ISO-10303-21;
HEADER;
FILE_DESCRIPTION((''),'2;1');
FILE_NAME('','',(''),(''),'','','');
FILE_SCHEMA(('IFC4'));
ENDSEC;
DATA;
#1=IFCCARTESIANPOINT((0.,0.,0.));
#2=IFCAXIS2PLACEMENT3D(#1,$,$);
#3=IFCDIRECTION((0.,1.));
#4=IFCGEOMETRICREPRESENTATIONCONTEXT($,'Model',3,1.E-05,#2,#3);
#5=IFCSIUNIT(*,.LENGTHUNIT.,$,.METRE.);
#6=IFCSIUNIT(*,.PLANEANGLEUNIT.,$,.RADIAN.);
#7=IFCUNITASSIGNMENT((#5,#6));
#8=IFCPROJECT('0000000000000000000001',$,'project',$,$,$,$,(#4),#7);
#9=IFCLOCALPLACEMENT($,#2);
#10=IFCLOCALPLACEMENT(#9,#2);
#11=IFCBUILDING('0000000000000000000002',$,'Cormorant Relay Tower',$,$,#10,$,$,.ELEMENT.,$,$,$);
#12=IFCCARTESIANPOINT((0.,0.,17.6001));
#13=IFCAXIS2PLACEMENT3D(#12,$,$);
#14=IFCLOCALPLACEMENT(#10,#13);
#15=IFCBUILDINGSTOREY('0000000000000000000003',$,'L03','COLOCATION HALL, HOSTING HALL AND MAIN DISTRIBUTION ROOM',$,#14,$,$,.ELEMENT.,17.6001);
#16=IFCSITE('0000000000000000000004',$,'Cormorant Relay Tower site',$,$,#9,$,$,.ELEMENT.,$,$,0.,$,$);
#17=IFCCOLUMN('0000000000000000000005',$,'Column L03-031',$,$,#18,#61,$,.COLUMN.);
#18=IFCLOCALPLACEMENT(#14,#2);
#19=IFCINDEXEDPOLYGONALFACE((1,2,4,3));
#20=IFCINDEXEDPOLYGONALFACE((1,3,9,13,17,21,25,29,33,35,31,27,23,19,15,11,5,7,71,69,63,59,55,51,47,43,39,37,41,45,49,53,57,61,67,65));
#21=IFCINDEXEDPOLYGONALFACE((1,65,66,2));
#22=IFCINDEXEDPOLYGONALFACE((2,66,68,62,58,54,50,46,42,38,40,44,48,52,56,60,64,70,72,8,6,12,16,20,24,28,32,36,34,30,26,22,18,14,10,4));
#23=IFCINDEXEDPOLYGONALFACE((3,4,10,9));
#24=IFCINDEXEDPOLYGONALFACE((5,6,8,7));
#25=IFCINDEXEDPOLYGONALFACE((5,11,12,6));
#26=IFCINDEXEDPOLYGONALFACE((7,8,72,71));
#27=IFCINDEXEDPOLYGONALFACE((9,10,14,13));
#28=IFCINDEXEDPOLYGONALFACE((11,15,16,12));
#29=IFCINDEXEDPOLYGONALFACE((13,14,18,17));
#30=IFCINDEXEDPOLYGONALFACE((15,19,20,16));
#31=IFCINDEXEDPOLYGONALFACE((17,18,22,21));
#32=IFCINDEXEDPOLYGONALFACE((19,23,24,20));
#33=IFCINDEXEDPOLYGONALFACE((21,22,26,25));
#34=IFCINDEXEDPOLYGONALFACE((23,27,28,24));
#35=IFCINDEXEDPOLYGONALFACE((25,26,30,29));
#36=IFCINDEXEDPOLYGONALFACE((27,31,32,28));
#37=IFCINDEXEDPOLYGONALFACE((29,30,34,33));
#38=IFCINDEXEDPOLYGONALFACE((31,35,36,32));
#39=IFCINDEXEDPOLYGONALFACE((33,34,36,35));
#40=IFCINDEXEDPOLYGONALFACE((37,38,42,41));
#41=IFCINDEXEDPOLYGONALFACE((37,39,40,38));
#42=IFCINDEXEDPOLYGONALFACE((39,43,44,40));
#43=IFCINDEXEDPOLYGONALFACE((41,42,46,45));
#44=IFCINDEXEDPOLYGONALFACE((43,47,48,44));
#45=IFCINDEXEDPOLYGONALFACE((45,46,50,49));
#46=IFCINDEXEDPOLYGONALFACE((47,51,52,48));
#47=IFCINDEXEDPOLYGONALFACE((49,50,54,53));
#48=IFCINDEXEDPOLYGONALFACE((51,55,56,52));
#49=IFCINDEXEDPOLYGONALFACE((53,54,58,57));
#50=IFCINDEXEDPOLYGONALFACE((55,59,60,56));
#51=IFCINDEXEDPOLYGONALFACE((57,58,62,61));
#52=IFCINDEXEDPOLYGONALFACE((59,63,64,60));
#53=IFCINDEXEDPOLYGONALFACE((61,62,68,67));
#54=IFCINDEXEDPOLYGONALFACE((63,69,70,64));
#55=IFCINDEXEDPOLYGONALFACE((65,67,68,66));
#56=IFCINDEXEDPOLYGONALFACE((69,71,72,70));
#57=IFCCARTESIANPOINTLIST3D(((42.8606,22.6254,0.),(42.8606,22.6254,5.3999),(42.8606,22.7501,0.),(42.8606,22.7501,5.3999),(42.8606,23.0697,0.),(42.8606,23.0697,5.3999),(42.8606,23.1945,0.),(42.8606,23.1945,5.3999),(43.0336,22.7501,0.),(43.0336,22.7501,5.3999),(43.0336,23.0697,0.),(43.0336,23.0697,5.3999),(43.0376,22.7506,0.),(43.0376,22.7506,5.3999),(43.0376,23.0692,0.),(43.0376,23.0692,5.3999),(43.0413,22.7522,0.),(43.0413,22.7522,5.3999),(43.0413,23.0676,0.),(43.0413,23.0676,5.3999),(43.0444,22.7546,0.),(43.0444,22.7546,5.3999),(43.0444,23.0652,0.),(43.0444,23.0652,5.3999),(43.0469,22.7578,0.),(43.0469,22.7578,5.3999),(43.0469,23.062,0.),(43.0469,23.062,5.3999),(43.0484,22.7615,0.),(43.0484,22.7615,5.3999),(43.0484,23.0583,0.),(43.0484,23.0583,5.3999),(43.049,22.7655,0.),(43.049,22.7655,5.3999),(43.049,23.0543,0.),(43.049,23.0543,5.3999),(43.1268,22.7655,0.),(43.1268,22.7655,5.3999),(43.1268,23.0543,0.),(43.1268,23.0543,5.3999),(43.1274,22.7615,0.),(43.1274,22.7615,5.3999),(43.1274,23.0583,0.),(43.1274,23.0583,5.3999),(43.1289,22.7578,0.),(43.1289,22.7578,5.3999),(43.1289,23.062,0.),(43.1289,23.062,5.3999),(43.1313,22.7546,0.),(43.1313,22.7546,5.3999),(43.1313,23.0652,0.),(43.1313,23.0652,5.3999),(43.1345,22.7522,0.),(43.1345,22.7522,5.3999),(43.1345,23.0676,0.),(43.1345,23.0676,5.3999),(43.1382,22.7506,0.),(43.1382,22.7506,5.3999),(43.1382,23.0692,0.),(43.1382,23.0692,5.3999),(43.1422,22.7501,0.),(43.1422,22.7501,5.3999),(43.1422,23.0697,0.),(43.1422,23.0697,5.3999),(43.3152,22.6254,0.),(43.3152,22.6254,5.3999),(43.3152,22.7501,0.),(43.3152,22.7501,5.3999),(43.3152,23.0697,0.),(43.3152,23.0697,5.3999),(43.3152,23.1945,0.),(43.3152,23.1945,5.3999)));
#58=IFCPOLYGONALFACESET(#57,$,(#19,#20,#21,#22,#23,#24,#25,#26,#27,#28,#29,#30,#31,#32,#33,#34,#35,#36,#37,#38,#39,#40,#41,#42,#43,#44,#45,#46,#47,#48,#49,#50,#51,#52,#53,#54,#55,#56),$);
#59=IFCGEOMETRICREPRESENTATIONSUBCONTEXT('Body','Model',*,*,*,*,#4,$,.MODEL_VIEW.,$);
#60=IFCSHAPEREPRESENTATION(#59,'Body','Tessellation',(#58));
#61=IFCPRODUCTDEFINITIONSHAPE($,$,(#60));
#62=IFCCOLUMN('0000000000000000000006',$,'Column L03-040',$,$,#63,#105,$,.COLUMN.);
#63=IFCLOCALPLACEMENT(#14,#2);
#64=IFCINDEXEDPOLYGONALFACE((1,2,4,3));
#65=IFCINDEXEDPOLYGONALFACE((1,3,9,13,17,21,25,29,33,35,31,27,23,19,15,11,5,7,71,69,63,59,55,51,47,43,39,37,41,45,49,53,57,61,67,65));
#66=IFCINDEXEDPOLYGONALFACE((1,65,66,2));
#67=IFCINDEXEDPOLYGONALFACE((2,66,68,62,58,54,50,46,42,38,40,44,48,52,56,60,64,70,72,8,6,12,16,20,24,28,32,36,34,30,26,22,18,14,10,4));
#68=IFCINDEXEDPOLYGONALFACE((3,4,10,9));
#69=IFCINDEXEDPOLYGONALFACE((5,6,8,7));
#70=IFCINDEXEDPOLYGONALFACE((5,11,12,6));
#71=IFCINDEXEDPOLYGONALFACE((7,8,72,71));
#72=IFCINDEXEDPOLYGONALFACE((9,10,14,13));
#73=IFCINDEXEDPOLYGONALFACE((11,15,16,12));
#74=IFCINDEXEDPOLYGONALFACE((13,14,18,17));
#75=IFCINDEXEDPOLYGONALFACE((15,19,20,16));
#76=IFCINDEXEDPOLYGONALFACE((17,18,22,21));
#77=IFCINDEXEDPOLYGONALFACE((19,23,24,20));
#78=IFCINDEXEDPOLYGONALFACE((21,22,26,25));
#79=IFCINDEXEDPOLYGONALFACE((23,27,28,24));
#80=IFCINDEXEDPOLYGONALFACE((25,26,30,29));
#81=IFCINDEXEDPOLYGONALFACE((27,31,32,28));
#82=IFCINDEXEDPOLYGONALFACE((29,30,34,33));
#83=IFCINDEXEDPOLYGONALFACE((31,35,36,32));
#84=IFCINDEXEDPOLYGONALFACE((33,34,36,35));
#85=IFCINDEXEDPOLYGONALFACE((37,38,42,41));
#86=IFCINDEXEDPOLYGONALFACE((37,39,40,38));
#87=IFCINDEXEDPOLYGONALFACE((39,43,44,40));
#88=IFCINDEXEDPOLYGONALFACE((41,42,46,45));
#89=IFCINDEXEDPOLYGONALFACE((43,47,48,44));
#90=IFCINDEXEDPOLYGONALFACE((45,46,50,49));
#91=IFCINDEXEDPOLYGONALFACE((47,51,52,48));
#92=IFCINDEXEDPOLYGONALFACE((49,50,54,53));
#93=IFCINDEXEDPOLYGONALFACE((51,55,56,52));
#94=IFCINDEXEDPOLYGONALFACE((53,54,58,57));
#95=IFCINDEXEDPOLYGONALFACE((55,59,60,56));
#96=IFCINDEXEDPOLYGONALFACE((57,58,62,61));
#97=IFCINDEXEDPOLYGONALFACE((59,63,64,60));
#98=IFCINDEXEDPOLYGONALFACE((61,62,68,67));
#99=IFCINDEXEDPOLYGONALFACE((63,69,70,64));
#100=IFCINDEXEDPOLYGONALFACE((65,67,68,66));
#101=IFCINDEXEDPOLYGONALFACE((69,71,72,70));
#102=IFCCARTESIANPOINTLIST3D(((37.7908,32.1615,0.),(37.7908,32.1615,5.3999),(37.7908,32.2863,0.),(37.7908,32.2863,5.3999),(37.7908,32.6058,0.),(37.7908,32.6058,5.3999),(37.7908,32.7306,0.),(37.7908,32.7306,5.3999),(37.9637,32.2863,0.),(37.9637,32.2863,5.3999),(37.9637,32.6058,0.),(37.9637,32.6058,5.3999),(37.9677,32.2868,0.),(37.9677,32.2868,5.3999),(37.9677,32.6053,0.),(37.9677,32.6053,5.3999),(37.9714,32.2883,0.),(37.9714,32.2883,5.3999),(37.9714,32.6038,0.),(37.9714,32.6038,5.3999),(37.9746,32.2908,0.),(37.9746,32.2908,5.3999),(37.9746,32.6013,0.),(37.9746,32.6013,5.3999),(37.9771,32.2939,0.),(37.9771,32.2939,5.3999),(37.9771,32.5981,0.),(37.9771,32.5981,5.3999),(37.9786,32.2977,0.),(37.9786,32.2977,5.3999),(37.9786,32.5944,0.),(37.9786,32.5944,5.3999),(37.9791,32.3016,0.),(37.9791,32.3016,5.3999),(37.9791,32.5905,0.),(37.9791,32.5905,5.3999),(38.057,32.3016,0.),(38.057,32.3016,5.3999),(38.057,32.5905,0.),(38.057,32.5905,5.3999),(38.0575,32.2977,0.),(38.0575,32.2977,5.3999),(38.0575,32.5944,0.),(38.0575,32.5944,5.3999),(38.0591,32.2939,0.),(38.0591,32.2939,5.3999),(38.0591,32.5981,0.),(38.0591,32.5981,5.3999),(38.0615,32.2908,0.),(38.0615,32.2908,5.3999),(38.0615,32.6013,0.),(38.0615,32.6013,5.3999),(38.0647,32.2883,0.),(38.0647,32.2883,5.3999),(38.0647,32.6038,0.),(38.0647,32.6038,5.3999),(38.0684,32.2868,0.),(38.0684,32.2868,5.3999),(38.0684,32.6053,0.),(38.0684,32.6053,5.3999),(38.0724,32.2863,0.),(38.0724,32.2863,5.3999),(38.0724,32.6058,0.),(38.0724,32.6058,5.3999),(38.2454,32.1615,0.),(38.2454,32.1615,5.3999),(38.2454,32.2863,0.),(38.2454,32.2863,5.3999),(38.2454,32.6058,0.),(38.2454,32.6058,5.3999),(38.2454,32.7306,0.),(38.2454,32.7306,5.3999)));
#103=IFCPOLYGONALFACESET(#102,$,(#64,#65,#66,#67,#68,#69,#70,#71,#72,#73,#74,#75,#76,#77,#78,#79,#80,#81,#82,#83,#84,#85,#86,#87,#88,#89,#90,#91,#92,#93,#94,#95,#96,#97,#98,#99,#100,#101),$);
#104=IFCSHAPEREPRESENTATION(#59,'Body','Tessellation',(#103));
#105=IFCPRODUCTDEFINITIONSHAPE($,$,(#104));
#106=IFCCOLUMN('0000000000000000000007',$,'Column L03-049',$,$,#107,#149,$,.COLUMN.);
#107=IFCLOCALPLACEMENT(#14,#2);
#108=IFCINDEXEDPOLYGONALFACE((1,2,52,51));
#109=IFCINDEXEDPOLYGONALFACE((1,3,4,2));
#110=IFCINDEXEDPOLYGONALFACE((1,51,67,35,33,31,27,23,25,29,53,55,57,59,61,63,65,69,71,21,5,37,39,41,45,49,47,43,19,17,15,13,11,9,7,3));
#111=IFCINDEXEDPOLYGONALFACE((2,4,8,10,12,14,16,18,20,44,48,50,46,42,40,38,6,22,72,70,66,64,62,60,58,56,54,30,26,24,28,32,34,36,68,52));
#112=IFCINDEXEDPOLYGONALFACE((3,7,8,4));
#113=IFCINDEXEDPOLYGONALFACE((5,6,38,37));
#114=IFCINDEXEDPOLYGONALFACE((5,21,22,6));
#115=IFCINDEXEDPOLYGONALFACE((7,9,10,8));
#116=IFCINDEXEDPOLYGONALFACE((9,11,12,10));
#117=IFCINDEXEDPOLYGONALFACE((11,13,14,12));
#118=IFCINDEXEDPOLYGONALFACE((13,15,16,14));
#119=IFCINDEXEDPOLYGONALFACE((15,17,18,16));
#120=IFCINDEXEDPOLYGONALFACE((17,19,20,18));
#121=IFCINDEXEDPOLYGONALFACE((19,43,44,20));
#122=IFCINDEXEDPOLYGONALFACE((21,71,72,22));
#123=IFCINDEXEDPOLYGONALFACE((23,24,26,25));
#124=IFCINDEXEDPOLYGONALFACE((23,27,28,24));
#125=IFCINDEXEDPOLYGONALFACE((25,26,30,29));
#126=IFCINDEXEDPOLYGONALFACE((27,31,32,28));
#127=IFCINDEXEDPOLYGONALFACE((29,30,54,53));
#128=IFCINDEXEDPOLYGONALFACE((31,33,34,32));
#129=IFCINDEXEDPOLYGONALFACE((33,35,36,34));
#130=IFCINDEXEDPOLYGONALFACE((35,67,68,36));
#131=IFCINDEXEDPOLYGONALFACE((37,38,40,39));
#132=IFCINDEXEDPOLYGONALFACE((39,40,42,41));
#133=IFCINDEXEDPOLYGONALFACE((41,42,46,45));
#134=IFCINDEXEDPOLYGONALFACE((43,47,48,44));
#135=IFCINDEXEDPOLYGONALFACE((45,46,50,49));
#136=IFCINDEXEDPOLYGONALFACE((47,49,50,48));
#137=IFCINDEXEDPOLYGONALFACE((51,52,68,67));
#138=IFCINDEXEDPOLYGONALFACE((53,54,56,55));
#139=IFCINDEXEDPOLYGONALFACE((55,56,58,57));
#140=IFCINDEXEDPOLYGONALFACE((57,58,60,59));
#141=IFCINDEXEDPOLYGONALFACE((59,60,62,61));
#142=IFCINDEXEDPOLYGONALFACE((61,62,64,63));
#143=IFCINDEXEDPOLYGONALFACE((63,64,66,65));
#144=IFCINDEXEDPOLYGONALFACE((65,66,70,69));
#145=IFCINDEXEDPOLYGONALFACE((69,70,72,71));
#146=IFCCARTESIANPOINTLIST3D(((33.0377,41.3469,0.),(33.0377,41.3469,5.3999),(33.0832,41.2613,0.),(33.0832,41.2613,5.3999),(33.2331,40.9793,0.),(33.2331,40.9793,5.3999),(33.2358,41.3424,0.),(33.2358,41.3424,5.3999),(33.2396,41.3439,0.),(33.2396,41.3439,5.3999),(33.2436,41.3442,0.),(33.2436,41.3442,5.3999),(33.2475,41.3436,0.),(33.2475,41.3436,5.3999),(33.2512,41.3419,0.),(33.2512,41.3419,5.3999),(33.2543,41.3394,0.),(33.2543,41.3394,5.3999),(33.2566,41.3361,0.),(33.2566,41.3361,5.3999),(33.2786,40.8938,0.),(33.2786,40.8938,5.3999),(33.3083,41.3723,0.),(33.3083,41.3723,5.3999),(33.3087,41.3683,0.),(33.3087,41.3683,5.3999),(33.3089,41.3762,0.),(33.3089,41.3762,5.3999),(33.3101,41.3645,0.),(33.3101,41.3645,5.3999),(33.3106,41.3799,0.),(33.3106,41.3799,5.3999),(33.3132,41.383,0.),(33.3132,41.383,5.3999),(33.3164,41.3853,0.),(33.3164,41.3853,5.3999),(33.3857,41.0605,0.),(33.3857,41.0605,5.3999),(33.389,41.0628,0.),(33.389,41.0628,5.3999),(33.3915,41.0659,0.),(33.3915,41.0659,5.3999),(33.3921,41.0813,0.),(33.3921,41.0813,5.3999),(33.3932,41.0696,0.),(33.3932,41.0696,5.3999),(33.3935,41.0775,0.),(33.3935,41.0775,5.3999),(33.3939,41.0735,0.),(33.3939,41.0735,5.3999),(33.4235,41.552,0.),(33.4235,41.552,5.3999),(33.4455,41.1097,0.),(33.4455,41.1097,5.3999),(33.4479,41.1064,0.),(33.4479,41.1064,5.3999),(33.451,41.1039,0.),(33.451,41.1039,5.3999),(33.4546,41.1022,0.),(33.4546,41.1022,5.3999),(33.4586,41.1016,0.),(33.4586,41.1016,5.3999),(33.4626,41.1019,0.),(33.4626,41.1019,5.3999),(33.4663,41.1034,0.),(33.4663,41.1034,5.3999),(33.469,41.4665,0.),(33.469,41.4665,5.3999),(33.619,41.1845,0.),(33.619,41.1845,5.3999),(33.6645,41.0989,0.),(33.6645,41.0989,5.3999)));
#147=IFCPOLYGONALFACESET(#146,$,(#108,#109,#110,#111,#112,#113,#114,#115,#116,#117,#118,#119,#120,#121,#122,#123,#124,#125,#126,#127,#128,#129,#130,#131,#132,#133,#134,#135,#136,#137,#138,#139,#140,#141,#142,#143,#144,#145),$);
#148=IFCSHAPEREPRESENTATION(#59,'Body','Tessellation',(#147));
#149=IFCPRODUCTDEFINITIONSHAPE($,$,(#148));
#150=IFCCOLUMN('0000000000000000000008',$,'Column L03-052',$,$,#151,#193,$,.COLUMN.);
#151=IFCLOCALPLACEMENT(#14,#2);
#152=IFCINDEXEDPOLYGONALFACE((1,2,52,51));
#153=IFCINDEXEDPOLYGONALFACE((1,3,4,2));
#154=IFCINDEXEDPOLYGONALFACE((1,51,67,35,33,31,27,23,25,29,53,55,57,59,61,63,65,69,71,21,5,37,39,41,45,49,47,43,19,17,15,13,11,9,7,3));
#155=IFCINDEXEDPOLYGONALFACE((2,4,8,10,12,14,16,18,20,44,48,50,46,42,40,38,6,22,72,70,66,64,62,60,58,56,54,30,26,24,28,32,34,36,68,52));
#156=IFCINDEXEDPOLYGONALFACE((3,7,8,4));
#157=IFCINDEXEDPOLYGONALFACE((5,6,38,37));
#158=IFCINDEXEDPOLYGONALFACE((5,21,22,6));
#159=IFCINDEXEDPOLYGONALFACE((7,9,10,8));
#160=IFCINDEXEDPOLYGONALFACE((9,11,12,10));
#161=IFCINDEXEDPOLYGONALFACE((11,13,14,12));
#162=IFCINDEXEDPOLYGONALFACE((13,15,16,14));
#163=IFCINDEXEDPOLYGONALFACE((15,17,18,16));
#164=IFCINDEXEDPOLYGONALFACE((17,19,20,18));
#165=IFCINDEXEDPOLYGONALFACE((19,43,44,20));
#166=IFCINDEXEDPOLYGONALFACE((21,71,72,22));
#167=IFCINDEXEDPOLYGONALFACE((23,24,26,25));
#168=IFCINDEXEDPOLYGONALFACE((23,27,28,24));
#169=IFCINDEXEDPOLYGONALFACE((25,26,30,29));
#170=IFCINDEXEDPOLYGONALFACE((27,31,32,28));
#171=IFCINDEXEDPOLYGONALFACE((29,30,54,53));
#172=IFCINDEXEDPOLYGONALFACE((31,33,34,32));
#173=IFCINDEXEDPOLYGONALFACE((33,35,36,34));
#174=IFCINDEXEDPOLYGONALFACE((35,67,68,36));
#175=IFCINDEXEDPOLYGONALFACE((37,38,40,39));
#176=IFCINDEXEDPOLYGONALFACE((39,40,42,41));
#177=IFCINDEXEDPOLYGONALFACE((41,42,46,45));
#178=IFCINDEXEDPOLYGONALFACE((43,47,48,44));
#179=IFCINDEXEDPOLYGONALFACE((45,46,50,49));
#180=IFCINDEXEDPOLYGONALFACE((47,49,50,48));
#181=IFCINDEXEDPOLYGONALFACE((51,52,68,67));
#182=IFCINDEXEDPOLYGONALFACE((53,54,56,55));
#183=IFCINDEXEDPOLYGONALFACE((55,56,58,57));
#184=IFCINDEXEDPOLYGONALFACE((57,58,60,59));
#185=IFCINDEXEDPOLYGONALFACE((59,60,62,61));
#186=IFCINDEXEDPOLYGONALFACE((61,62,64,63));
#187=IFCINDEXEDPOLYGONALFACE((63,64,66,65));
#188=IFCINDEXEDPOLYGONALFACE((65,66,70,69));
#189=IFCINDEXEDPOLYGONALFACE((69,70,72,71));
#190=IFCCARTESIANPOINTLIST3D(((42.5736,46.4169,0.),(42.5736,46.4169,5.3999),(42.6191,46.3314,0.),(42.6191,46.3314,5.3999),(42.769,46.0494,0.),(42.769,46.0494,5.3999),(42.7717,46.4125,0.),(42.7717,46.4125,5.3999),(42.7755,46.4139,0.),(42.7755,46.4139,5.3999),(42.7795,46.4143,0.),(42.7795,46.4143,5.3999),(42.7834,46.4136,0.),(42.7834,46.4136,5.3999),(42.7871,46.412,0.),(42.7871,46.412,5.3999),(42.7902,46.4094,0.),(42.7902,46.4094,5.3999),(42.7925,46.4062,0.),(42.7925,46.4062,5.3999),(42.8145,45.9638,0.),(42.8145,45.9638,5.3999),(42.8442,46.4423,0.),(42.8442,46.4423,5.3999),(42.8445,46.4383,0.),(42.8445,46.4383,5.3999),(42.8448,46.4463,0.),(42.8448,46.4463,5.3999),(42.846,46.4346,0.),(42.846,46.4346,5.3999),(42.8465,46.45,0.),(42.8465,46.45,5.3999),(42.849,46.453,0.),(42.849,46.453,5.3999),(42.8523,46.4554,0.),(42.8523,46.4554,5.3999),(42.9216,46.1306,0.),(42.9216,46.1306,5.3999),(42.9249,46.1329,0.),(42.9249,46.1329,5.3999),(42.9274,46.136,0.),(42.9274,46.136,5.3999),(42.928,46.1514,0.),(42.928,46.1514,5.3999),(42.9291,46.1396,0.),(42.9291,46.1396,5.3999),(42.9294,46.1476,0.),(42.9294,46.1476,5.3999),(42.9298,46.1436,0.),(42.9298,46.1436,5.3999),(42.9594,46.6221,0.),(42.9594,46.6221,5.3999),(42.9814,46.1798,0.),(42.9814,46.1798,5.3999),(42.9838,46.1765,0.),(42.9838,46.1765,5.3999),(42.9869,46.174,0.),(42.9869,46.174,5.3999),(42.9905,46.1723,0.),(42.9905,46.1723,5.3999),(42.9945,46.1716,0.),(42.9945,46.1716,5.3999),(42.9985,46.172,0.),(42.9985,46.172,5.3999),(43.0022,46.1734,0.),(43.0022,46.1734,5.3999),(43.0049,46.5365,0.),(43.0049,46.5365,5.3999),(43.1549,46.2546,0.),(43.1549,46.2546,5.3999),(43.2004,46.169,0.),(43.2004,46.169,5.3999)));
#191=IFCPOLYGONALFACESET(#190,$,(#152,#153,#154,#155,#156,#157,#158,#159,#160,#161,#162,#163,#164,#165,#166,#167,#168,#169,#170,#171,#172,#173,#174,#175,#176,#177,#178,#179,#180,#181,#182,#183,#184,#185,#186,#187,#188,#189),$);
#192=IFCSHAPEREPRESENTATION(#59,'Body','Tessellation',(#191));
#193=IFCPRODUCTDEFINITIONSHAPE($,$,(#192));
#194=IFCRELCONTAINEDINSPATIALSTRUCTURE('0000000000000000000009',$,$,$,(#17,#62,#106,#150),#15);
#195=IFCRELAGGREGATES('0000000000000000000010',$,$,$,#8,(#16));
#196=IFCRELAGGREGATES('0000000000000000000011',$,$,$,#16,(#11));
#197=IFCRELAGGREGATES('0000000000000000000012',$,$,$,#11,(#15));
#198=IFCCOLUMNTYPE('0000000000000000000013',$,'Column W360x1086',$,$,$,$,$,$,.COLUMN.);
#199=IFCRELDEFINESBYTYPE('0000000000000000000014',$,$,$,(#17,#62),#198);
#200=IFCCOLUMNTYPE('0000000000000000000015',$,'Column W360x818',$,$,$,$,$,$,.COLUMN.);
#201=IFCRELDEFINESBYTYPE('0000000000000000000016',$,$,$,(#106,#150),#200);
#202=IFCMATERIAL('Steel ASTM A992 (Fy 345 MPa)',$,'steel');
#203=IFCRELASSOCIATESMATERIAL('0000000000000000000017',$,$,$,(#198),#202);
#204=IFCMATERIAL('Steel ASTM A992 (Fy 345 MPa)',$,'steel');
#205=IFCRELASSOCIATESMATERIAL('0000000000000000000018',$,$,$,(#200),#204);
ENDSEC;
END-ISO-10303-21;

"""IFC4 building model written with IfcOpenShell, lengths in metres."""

from ifc_helpers import new_model, si_unit, direction, frame, origin, origin_2d, place, context, subcontext, project, spatial, i_section, extrude, material, material_profile, profile_set, type_object, element, save


model = new_model("IFC4")

# Units and contexts
model_context = context("Model", 3, precision=1e-05, world=origin(), true_north=direction((0.0, 1.0)))
body_context = subcontext(model_context, "Body", "Model", "MODEL_VIEW")
ifc_project = project(units=[si_unit("LENGTHUNIT", "METRE"), si_unit("PLANEANGLEUNIT", "RADIAN")], contexts=[model_context])

# Site, building, storey
site_placement = place(None, origin())
site = spatial("IfcSite", under=ifc_project, at=site_placement, Name="Cormorant Relay Tower site", CompositionType="ELEMENT", RefElevation=0.0)
building_placement = place(site_placement, origin())
building = spatial("IfcBuilding", under=site, at=building_placement, Name="Cormorant Relay Tower", CompositionType="ELEMENT")
storey_placement = place(building_placement, frame((0.0, 0.0, 17.6001)))
storey = spatial("IfcBuildingStorey", under=building, at=storey_placement, Name="L03", Description="COLOCATION HALL, HOSTING HALL AND MAIN DISTRIBUTION ROOM", CompositionType="ELEMENT", Elevation=17.6001)

# Columns
ifc_material_1 = material(Name="Steel ASTM A992 (Fy 345 MPa)", Category="steel")
ifc_material_profile_1 = material_profile(ifc_material_1, i_section(OverallWidth=0.4546, OverallDepth=0.5691, WebThickness=0.0779, FlangeThickness=0.1248, FilletRadius=0.0154, at=origin_2d()), Name="W360x1086")
ifc_profile_set_1 = profile_set([ifc_material_profile_1], Name="Steel ASTM A992 (Fy 345 MPa)")
column_type_1 = type_object("IfcColumnType", Name="Column W360x1086", PredefinedType="COLUMN", material=ifc_profile_set_1)
for number, where, z_axis, x_axis, name in (
    (1, (43.0879, 22.9099, 0.0), (0.0, 0.0, 1.0), (1.0, 0.0, 0.0), "Column L03-031"),
    (2, (38.0181, 32.446, 0.0), (0.0, 0.0, 1.0), (1.0, 0.0, 0.0), "Column L03-040"),
):
    element("IfcColumn", number, at=place(storey_placement, frame(where, z_axis=z_axis, x_axis=x_axis)), inside=storey, type_object=column_type_1, Name=name, PredefinedType="COLUMN", context=body_context, shape_type="SweptSolid", body=[
        extrude(i_section(OverallWidth=0.4546, OverallDepth=0.5691, WebThickness=0.0779, FlangeThickness=0.1248, FilletRadius=0.0154, at=origin_2d()), origin(), (0.0, 0.0, 1.0), 5.3999),
    ])
ifc_material_2 = material(Name="Steel ASTM A992 (Fy 345 MPa)", Category="steel")
ifc_material_profile_2 = material_profile(ifc_material_2, i_section(OverallWidth=0.437, OverallDepth=0.5132, WebThickness=0.0605, FlangeThickness=0.0969, FilletRadius=0.0154, at=origin_2d()), Name="W360x818")
ifc_profile_set_2 = profile_set([ifc_material_profile_2], Name="Steel ASTM A992 (Fy 345 MPa)")
column_type_2 = type_object("IfcColumnType", Name="Column W360x818", PredefinedType="COLUMN", material=ifc_profile_set_2)
for number, where, z_axis, x_axis, name in (
    (3, (33.3511, 41.2229, 0.0), (0.0, 0.0, 1.0), (-0.882948, -0.469472, 0.0), "Column L03-049"),
    (4, (42.887, 46.293, 0.0), (0.0, 0.0, 1.0), (-0.882948, -0.469472, 0.0), "Column L03-052"),
):
    element("IfcColumn", number, at=place(storey_placement, frame(where, z_axis=z_axis, x_axis=x_axis)), inside=storey, type_object=column_type_2, Name=name, PredefinedType="COLUMN", context=body_context, shape_type="SweptSolid", body=[
        extrude(i_section(OverallWidth=0.437, OverallDepth=0.5132, WebThickness=0.0605, FlangeThickness=0.0969, FilletRadius=0.0154, at=origin_2d()), origin(), (0.0, 0.0, 1.0), 5.3999),
    ])

save(model, "model.ifc")
